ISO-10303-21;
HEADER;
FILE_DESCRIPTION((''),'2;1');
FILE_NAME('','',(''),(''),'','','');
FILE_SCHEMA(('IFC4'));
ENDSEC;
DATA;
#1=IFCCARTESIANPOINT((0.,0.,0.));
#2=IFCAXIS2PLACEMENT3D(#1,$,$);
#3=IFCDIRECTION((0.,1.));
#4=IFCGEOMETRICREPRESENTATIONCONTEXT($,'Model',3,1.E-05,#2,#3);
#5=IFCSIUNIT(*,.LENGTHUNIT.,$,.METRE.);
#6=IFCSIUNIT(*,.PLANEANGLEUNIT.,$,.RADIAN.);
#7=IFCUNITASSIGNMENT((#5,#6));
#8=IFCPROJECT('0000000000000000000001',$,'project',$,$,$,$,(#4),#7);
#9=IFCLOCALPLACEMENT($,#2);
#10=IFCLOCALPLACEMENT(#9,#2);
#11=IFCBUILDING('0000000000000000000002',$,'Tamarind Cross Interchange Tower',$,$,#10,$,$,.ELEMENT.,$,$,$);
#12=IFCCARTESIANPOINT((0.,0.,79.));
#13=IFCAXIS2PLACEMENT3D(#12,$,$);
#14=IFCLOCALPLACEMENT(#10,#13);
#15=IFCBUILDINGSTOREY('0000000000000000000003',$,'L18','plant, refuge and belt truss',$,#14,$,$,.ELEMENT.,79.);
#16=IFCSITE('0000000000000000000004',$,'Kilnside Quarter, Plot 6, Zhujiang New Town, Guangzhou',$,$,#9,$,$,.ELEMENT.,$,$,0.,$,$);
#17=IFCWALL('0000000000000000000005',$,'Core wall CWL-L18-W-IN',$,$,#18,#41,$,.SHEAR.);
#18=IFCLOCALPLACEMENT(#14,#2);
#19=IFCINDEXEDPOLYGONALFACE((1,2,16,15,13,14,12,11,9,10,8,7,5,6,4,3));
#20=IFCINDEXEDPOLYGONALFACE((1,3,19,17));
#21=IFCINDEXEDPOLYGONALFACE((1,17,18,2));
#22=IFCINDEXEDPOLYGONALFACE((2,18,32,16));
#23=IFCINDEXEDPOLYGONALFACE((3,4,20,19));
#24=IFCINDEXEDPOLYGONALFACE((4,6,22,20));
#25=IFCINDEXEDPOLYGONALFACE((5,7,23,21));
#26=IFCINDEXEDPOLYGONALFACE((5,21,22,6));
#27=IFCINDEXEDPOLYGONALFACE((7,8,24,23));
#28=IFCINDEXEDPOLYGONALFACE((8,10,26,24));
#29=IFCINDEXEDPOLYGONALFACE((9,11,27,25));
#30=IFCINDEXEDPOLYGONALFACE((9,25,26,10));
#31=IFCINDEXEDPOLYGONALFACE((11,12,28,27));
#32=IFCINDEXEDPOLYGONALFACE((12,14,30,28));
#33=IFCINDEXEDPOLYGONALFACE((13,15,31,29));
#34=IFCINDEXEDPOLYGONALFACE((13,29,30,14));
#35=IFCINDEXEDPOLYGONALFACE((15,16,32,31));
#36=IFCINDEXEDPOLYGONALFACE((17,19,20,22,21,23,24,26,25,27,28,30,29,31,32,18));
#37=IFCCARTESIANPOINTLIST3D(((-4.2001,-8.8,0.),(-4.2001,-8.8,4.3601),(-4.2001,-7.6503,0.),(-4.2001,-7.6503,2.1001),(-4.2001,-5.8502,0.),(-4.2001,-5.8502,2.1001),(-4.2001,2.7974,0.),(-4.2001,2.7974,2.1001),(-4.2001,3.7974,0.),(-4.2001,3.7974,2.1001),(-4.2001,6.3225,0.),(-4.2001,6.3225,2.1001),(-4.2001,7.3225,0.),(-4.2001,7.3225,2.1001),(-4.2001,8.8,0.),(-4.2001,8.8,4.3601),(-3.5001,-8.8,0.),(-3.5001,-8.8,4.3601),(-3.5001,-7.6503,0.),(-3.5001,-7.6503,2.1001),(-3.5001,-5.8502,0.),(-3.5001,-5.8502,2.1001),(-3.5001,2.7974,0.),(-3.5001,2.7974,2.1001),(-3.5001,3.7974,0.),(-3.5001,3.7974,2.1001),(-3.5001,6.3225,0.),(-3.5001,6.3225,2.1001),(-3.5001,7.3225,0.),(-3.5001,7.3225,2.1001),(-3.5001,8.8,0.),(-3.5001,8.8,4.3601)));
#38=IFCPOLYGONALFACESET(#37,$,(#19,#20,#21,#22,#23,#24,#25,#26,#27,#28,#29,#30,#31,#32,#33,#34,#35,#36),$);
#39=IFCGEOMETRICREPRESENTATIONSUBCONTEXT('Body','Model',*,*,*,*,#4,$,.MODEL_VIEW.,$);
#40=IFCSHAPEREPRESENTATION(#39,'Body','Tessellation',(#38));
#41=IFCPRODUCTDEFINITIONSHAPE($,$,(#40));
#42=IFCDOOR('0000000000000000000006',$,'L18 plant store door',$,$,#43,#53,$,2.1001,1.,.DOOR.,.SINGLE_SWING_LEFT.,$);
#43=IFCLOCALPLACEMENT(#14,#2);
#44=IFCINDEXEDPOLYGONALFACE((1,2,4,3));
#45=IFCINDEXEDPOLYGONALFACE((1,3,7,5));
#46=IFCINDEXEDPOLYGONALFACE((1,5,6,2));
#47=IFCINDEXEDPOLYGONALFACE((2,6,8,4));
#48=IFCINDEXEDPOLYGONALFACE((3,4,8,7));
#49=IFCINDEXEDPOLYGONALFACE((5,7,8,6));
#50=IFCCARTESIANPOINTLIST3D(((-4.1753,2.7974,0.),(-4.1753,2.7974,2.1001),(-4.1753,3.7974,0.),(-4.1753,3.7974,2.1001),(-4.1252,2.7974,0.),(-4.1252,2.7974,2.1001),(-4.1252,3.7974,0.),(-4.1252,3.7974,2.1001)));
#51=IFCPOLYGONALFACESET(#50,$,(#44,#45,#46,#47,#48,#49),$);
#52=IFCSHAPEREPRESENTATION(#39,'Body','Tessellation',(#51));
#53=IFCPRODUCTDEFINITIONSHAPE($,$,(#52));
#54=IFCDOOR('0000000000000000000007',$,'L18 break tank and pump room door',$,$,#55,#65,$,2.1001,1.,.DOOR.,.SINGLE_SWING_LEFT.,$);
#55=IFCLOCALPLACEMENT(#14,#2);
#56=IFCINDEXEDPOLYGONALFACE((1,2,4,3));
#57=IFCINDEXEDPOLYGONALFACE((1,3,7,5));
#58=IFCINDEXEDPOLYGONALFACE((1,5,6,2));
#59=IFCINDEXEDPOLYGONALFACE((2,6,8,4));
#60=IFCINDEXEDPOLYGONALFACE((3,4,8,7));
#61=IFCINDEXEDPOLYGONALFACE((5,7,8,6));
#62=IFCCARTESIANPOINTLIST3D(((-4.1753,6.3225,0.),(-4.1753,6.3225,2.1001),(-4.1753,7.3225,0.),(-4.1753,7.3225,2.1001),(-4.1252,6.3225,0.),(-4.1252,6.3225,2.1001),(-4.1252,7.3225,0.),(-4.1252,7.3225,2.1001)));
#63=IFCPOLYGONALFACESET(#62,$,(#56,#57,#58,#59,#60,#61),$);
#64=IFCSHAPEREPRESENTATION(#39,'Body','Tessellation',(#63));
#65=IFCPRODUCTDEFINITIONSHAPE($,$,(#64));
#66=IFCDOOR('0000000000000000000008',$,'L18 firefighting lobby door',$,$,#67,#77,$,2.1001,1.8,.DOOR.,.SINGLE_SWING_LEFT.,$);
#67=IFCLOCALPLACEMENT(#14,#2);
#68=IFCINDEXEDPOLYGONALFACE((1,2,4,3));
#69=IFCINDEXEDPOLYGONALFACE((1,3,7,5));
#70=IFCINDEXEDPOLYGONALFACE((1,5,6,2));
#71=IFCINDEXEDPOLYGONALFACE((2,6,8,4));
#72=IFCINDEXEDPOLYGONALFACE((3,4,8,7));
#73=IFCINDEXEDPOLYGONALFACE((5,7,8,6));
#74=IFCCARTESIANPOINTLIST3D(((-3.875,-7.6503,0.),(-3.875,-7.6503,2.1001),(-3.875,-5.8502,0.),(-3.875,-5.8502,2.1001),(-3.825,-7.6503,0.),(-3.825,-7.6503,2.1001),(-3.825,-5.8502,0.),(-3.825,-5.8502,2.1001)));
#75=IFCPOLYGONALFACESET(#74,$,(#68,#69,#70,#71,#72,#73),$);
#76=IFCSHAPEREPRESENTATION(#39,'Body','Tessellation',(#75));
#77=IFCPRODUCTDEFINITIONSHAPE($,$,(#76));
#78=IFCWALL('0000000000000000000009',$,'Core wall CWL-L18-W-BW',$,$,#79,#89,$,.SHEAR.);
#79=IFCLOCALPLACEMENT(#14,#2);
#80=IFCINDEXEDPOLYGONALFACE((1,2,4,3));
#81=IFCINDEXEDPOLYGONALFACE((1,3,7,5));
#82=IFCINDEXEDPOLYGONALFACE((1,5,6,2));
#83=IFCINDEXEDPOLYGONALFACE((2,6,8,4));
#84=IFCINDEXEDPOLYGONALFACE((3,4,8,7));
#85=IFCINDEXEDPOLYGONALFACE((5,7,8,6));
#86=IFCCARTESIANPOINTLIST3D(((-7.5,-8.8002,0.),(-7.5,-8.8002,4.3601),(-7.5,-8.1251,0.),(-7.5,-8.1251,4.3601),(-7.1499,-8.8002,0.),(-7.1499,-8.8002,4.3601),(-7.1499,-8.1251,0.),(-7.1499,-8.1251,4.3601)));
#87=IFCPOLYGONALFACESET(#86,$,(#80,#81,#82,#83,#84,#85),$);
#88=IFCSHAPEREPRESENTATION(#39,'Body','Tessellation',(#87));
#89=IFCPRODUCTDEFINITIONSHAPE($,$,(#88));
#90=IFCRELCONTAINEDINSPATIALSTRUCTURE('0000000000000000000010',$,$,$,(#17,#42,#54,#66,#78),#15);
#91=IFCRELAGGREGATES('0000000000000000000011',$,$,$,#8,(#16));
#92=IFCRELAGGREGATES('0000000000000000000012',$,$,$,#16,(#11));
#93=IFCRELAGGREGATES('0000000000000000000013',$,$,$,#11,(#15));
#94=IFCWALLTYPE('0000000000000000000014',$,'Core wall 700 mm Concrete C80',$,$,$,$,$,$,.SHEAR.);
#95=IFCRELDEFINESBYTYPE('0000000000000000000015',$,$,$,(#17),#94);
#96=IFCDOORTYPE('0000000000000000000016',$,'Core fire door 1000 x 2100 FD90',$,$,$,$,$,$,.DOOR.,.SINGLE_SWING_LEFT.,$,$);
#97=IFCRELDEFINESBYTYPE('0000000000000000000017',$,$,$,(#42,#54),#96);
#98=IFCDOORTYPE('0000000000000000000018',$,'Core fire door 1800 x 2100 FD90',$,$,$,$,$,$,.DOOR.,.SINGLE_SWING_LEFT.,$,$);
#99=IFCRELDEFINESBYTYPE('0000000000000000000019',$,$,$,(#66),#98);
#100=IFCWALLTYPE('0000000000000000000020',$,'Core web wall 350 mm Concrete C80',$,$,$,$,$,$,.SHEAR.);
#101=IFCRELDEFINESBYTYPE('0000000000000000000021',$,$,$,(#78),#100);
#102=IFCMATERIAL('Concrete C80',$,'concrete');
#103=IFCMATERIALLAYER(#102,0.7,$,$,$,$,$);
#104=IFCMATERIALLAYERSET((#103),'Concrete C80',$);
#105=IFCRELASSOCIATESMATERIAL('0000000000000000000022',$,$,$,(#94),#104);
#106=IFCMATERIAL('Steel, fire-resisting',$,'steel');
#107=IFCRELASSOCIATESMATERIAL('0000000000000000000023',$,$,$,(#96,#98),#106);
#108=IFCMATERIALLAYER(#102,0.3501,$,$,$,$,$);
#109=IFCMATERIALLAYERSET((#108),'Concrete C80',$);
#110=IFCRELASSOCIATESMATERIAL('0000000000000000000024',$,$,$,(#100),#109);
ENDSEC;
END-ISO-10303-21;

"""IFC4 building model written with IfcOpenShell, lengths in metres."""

from ifc_helpers import new_model, si_unit, direction, frame, frame_2d, origin, place, context, subcontext, project, spatial, rectangle, extrude, material, layer, layer_set, type_object, element, fill, save


model = new_model("IFC4")

# Units and contexts
model_context = context("Model", 3, precision=1e-05, world=origin(), true_north=direction((0.0, 1.0)))
body_context = subcontext(model_context, "Body", "Model", "MODEL_VIEW")
ifc_project = project(units=[si_unit("LENGTHUNIT", "METRE"), si_unit("PLANEANGLEUNIT", "RADIAN")], contexts=[model_context])

# Site, building, storey
site_placement = place(None, origin())
site = spatial("IfcSite", under=ifc_project, at=site_placement, Name="Kilnside Quarter, Plot 6, Zhujiang New Town, Guangzhou", CompositionType="ELEMENT", RefElevation=0.0)
building_placement = place(site_placement, origin())
building = spatial("IfcBuilding", under=site, at=building_placement, Name="Tamarind Cross Interchange Tower", CompositionType="ELEMENT")
storey_placement = place(building_placement, frame((0.0, 0.0, 79.0)))
storey = spatial("IfcBuildingStorey", under=building, at=storey_placement, Name="L18", Description="plant, refuge and belt truss", CompositionType="ELEMENT", Elevation=79.0)

# Wall, openings, doors
ifc_material_1 = material(Name="Concrete C80", Category="concrete")
ifc_layer_1 = layer(ifc_material_1, 0.7)
ifc_layer_set_1 = layer_set([ifc_layer_1], Name="Concrete C80")
wall_type_1 = type_object("IfcWallType", Name="Core wall 700 mm Concrete C80", PredefinedType="SHEAR", material=ifc_layer_set_1)
wall_1_placement = place(storey_placement, frame((-3.8501, -8.8, 0.0), z_axis=(0.0, 0.0, 1.0), x_axis=(0.0, 1.0, 0.0)))
wall_1 = element("IfcWall", 1, at=wall_1_placement, inside=storey, type_object=wall_type_1, Name="Core wall CWL-L18-W-IN", PredefinedType="SHEAR", context=body_context, shape_type="SweptSolid", body=[
    extrude(rectangle(XDim=17.6001, YDim=0.7, at=frame_2d((8.8, 0.0))), origin(), (0.0, 0.0, 1.0), 4.3601),
])
opening_1_placement = place(wall_1_placement, frame((1.1499, 0.0, 0.0)))
opening_1 = element("IfcOpeningElement", 2, at=opening_1_placement, cuts=wall_1, PredefinedType="OPENING", context=body_context, shape_type="SweptSolid", body=[
    extrude(rectangle(XDim=1.8, YDim=2.1001, at=frame_2d((0.8999, 1.05))), frame((0.0, 0.3599, 0.0), z_axis=(0.0, -1.0, 0.0), x_axis=(1.0, 0.0, 0.0)), (0.0, 0.0, 1.0), 0.72),
])
opening_2_placement = place(wall_1_placement, frame((11.5974, 0.0, 0.0)))
opening_2 = element("IfcOpeningElement", 3, at=opening_2_placement, cuts=wall_1, PredefinedType="OPENING", context=body_context, shape_type="SweptSolid", body=[
    extrude(rectangle(XDim=1.0, YDim=2.1001, at=frame_2d((0.5, 1.05))), frame((0.0, 0.3599, 0.0), z_axis=(0.0, -1.0, 0.0), x_axis=(1.0, 0.0, 0.0)), (0.0, 0.0, 1.0), 0.72),
])
opening_3_placement = place(wall_1_placement, frame((15.1226, 0.0, 0.0)))
opening_3 = element("IfcOpeningElement", 4, at=opening_3_placement, cuts=wall_1, PredefinedType="OPENING", context=body_context, shape_type="SweptSolid", body=[
    extrude(rectangle(XDim=1.0, YDim=2.1001, at=frame_2d((0.5, 1.05))), frame((0.0, 0.3599, 0.0), z_axis=(0.0, -1.0, 0.0), x_axis=(1.0, 0.0, 0.0)), (0.0, 0.0, 1.0), 0.72),
])
ifc_material_2 = material(Name="Steel, fire-resisting", Category="steel")
door_type_1 = type_object("IfcDoorType", Name="Core fire door 1000 x 2100 FD90", OperationType="SINGLE_SWING_LEFT", PredefinedType="DOOR", material=ifc_material_2)
door_1_placement = place(opening_2_placement, origin())
door_1 = element("IfcDoor", 5, at=door_1_placement, inside=storey, type_object=door_type_1, Name="L18 plant store door", OperationType="SINGLE_SWING_LEFT", OverallHeight=2.1001, OverallWidth=1.0, PredefinedType="DOOR", context=body_context, shape_type="SweptSolid", body=[
    extrude(rectangle(XDim=1.0, YDim=2.1001, at=frame_2d((0.5, 1.05))), frame((0.0, 0.3252, 0.0), z_axis=(0.0, -1.0, 0.0), x_axis=(1.0, 0.0, 0.0)), (0.0, 0.0, 1.0), 0.05),
])
fill(opening_2, door_1)
door_2_placement = place(opening_3_placement, origin())
door_2 = element("IfcDoor", 6, at=door_2_placement, inside=storey, type_object=door_type_1, Name="L18 break tank and pump room door", OperationType="SINGLE_SWING_LEFT", OverallHeight=2.1001, OverallWidth=1.0, PredefinedType="DOOR", context=body_context, shape_type="SweptSolid", body=[
    extrude(rectangle(XDim=1.0, YDim=2.1001, at=frame_2d((0.5, 1.05))), frame((0.0, 0.3252, 0.0), z_axis=(0.0, -1.0, 0.0), x_axis=(1.0, 0.0, 0.0)), (0.0, 0.0, 1.0), 0.05),
])
fill(opening_3, door_2)
door_type_2 = type_object("IfcDoorType", Name="Core fire door 1800 x 2100 FD90", OperationType="SINGLE_SWING_LEFT", PredefinedType="DOOR", material=ifc_material_2)
door_3_placement = place(opening_1_placement, origin())
door_3 = element("IfcDoor", 7, at=door_3_placement, inside=storey, type_object=door_type_2, Name="L18 firefighting lobby door", OperationType="SINGLE_SWING_LEFT", OverallHeight=2.1001, OverallWidth=1.8, PredefinedType="DOOR", context=body_context, shape_type="SweptSolid", body=[
    extrude(rectangle(XDim=1.8, YDim=2.1001, at=frame_2d((0.8999, 1.05))), frame((0.0, 0.0249, 0.0), z_axis=(0.0, -1.0, 0.0), x_axis=(1.0, 0.0, 0.0)), (0.0, 0.0, 1.0), 0.05),
])
fill(opening_1, door_3)

# Wall
ifc_layer_2 = layer(ifc_material_1, 0.3501)
ifc_layer_set_2 = layer_set([ifc_layer_2], Name="Concrete C80")
wall_type_2 = type_object("IfcWallType", Name="Core web wall 350 mm Concrete C80", PredefinedType="SHEAR", material=ifc_layer_set_2)
wall_2_placement = place(storey_placement, frame((-7.325, -8.8, 0.0), z_axis=(0.0, 0.0, 1.0), x_axis=(0.0, 1.0, 0.0)))
element("IfcWall", 8, at=wall_2_placement, inside=storey, type_object=wall_type_2, Name="Core wall CWL-L18-W-BW", PredefinedType="SHEAR", context=body_context, shape_type="SweptSolid", body=[
    extrude(rectangle(XDim=0.675, YDim=0.3501, at=frame_2d((0.3374, 0.0))), origin(), (0.0, 0.0, 1.0), 4.3601),
])

save(model, "model.ifc")
